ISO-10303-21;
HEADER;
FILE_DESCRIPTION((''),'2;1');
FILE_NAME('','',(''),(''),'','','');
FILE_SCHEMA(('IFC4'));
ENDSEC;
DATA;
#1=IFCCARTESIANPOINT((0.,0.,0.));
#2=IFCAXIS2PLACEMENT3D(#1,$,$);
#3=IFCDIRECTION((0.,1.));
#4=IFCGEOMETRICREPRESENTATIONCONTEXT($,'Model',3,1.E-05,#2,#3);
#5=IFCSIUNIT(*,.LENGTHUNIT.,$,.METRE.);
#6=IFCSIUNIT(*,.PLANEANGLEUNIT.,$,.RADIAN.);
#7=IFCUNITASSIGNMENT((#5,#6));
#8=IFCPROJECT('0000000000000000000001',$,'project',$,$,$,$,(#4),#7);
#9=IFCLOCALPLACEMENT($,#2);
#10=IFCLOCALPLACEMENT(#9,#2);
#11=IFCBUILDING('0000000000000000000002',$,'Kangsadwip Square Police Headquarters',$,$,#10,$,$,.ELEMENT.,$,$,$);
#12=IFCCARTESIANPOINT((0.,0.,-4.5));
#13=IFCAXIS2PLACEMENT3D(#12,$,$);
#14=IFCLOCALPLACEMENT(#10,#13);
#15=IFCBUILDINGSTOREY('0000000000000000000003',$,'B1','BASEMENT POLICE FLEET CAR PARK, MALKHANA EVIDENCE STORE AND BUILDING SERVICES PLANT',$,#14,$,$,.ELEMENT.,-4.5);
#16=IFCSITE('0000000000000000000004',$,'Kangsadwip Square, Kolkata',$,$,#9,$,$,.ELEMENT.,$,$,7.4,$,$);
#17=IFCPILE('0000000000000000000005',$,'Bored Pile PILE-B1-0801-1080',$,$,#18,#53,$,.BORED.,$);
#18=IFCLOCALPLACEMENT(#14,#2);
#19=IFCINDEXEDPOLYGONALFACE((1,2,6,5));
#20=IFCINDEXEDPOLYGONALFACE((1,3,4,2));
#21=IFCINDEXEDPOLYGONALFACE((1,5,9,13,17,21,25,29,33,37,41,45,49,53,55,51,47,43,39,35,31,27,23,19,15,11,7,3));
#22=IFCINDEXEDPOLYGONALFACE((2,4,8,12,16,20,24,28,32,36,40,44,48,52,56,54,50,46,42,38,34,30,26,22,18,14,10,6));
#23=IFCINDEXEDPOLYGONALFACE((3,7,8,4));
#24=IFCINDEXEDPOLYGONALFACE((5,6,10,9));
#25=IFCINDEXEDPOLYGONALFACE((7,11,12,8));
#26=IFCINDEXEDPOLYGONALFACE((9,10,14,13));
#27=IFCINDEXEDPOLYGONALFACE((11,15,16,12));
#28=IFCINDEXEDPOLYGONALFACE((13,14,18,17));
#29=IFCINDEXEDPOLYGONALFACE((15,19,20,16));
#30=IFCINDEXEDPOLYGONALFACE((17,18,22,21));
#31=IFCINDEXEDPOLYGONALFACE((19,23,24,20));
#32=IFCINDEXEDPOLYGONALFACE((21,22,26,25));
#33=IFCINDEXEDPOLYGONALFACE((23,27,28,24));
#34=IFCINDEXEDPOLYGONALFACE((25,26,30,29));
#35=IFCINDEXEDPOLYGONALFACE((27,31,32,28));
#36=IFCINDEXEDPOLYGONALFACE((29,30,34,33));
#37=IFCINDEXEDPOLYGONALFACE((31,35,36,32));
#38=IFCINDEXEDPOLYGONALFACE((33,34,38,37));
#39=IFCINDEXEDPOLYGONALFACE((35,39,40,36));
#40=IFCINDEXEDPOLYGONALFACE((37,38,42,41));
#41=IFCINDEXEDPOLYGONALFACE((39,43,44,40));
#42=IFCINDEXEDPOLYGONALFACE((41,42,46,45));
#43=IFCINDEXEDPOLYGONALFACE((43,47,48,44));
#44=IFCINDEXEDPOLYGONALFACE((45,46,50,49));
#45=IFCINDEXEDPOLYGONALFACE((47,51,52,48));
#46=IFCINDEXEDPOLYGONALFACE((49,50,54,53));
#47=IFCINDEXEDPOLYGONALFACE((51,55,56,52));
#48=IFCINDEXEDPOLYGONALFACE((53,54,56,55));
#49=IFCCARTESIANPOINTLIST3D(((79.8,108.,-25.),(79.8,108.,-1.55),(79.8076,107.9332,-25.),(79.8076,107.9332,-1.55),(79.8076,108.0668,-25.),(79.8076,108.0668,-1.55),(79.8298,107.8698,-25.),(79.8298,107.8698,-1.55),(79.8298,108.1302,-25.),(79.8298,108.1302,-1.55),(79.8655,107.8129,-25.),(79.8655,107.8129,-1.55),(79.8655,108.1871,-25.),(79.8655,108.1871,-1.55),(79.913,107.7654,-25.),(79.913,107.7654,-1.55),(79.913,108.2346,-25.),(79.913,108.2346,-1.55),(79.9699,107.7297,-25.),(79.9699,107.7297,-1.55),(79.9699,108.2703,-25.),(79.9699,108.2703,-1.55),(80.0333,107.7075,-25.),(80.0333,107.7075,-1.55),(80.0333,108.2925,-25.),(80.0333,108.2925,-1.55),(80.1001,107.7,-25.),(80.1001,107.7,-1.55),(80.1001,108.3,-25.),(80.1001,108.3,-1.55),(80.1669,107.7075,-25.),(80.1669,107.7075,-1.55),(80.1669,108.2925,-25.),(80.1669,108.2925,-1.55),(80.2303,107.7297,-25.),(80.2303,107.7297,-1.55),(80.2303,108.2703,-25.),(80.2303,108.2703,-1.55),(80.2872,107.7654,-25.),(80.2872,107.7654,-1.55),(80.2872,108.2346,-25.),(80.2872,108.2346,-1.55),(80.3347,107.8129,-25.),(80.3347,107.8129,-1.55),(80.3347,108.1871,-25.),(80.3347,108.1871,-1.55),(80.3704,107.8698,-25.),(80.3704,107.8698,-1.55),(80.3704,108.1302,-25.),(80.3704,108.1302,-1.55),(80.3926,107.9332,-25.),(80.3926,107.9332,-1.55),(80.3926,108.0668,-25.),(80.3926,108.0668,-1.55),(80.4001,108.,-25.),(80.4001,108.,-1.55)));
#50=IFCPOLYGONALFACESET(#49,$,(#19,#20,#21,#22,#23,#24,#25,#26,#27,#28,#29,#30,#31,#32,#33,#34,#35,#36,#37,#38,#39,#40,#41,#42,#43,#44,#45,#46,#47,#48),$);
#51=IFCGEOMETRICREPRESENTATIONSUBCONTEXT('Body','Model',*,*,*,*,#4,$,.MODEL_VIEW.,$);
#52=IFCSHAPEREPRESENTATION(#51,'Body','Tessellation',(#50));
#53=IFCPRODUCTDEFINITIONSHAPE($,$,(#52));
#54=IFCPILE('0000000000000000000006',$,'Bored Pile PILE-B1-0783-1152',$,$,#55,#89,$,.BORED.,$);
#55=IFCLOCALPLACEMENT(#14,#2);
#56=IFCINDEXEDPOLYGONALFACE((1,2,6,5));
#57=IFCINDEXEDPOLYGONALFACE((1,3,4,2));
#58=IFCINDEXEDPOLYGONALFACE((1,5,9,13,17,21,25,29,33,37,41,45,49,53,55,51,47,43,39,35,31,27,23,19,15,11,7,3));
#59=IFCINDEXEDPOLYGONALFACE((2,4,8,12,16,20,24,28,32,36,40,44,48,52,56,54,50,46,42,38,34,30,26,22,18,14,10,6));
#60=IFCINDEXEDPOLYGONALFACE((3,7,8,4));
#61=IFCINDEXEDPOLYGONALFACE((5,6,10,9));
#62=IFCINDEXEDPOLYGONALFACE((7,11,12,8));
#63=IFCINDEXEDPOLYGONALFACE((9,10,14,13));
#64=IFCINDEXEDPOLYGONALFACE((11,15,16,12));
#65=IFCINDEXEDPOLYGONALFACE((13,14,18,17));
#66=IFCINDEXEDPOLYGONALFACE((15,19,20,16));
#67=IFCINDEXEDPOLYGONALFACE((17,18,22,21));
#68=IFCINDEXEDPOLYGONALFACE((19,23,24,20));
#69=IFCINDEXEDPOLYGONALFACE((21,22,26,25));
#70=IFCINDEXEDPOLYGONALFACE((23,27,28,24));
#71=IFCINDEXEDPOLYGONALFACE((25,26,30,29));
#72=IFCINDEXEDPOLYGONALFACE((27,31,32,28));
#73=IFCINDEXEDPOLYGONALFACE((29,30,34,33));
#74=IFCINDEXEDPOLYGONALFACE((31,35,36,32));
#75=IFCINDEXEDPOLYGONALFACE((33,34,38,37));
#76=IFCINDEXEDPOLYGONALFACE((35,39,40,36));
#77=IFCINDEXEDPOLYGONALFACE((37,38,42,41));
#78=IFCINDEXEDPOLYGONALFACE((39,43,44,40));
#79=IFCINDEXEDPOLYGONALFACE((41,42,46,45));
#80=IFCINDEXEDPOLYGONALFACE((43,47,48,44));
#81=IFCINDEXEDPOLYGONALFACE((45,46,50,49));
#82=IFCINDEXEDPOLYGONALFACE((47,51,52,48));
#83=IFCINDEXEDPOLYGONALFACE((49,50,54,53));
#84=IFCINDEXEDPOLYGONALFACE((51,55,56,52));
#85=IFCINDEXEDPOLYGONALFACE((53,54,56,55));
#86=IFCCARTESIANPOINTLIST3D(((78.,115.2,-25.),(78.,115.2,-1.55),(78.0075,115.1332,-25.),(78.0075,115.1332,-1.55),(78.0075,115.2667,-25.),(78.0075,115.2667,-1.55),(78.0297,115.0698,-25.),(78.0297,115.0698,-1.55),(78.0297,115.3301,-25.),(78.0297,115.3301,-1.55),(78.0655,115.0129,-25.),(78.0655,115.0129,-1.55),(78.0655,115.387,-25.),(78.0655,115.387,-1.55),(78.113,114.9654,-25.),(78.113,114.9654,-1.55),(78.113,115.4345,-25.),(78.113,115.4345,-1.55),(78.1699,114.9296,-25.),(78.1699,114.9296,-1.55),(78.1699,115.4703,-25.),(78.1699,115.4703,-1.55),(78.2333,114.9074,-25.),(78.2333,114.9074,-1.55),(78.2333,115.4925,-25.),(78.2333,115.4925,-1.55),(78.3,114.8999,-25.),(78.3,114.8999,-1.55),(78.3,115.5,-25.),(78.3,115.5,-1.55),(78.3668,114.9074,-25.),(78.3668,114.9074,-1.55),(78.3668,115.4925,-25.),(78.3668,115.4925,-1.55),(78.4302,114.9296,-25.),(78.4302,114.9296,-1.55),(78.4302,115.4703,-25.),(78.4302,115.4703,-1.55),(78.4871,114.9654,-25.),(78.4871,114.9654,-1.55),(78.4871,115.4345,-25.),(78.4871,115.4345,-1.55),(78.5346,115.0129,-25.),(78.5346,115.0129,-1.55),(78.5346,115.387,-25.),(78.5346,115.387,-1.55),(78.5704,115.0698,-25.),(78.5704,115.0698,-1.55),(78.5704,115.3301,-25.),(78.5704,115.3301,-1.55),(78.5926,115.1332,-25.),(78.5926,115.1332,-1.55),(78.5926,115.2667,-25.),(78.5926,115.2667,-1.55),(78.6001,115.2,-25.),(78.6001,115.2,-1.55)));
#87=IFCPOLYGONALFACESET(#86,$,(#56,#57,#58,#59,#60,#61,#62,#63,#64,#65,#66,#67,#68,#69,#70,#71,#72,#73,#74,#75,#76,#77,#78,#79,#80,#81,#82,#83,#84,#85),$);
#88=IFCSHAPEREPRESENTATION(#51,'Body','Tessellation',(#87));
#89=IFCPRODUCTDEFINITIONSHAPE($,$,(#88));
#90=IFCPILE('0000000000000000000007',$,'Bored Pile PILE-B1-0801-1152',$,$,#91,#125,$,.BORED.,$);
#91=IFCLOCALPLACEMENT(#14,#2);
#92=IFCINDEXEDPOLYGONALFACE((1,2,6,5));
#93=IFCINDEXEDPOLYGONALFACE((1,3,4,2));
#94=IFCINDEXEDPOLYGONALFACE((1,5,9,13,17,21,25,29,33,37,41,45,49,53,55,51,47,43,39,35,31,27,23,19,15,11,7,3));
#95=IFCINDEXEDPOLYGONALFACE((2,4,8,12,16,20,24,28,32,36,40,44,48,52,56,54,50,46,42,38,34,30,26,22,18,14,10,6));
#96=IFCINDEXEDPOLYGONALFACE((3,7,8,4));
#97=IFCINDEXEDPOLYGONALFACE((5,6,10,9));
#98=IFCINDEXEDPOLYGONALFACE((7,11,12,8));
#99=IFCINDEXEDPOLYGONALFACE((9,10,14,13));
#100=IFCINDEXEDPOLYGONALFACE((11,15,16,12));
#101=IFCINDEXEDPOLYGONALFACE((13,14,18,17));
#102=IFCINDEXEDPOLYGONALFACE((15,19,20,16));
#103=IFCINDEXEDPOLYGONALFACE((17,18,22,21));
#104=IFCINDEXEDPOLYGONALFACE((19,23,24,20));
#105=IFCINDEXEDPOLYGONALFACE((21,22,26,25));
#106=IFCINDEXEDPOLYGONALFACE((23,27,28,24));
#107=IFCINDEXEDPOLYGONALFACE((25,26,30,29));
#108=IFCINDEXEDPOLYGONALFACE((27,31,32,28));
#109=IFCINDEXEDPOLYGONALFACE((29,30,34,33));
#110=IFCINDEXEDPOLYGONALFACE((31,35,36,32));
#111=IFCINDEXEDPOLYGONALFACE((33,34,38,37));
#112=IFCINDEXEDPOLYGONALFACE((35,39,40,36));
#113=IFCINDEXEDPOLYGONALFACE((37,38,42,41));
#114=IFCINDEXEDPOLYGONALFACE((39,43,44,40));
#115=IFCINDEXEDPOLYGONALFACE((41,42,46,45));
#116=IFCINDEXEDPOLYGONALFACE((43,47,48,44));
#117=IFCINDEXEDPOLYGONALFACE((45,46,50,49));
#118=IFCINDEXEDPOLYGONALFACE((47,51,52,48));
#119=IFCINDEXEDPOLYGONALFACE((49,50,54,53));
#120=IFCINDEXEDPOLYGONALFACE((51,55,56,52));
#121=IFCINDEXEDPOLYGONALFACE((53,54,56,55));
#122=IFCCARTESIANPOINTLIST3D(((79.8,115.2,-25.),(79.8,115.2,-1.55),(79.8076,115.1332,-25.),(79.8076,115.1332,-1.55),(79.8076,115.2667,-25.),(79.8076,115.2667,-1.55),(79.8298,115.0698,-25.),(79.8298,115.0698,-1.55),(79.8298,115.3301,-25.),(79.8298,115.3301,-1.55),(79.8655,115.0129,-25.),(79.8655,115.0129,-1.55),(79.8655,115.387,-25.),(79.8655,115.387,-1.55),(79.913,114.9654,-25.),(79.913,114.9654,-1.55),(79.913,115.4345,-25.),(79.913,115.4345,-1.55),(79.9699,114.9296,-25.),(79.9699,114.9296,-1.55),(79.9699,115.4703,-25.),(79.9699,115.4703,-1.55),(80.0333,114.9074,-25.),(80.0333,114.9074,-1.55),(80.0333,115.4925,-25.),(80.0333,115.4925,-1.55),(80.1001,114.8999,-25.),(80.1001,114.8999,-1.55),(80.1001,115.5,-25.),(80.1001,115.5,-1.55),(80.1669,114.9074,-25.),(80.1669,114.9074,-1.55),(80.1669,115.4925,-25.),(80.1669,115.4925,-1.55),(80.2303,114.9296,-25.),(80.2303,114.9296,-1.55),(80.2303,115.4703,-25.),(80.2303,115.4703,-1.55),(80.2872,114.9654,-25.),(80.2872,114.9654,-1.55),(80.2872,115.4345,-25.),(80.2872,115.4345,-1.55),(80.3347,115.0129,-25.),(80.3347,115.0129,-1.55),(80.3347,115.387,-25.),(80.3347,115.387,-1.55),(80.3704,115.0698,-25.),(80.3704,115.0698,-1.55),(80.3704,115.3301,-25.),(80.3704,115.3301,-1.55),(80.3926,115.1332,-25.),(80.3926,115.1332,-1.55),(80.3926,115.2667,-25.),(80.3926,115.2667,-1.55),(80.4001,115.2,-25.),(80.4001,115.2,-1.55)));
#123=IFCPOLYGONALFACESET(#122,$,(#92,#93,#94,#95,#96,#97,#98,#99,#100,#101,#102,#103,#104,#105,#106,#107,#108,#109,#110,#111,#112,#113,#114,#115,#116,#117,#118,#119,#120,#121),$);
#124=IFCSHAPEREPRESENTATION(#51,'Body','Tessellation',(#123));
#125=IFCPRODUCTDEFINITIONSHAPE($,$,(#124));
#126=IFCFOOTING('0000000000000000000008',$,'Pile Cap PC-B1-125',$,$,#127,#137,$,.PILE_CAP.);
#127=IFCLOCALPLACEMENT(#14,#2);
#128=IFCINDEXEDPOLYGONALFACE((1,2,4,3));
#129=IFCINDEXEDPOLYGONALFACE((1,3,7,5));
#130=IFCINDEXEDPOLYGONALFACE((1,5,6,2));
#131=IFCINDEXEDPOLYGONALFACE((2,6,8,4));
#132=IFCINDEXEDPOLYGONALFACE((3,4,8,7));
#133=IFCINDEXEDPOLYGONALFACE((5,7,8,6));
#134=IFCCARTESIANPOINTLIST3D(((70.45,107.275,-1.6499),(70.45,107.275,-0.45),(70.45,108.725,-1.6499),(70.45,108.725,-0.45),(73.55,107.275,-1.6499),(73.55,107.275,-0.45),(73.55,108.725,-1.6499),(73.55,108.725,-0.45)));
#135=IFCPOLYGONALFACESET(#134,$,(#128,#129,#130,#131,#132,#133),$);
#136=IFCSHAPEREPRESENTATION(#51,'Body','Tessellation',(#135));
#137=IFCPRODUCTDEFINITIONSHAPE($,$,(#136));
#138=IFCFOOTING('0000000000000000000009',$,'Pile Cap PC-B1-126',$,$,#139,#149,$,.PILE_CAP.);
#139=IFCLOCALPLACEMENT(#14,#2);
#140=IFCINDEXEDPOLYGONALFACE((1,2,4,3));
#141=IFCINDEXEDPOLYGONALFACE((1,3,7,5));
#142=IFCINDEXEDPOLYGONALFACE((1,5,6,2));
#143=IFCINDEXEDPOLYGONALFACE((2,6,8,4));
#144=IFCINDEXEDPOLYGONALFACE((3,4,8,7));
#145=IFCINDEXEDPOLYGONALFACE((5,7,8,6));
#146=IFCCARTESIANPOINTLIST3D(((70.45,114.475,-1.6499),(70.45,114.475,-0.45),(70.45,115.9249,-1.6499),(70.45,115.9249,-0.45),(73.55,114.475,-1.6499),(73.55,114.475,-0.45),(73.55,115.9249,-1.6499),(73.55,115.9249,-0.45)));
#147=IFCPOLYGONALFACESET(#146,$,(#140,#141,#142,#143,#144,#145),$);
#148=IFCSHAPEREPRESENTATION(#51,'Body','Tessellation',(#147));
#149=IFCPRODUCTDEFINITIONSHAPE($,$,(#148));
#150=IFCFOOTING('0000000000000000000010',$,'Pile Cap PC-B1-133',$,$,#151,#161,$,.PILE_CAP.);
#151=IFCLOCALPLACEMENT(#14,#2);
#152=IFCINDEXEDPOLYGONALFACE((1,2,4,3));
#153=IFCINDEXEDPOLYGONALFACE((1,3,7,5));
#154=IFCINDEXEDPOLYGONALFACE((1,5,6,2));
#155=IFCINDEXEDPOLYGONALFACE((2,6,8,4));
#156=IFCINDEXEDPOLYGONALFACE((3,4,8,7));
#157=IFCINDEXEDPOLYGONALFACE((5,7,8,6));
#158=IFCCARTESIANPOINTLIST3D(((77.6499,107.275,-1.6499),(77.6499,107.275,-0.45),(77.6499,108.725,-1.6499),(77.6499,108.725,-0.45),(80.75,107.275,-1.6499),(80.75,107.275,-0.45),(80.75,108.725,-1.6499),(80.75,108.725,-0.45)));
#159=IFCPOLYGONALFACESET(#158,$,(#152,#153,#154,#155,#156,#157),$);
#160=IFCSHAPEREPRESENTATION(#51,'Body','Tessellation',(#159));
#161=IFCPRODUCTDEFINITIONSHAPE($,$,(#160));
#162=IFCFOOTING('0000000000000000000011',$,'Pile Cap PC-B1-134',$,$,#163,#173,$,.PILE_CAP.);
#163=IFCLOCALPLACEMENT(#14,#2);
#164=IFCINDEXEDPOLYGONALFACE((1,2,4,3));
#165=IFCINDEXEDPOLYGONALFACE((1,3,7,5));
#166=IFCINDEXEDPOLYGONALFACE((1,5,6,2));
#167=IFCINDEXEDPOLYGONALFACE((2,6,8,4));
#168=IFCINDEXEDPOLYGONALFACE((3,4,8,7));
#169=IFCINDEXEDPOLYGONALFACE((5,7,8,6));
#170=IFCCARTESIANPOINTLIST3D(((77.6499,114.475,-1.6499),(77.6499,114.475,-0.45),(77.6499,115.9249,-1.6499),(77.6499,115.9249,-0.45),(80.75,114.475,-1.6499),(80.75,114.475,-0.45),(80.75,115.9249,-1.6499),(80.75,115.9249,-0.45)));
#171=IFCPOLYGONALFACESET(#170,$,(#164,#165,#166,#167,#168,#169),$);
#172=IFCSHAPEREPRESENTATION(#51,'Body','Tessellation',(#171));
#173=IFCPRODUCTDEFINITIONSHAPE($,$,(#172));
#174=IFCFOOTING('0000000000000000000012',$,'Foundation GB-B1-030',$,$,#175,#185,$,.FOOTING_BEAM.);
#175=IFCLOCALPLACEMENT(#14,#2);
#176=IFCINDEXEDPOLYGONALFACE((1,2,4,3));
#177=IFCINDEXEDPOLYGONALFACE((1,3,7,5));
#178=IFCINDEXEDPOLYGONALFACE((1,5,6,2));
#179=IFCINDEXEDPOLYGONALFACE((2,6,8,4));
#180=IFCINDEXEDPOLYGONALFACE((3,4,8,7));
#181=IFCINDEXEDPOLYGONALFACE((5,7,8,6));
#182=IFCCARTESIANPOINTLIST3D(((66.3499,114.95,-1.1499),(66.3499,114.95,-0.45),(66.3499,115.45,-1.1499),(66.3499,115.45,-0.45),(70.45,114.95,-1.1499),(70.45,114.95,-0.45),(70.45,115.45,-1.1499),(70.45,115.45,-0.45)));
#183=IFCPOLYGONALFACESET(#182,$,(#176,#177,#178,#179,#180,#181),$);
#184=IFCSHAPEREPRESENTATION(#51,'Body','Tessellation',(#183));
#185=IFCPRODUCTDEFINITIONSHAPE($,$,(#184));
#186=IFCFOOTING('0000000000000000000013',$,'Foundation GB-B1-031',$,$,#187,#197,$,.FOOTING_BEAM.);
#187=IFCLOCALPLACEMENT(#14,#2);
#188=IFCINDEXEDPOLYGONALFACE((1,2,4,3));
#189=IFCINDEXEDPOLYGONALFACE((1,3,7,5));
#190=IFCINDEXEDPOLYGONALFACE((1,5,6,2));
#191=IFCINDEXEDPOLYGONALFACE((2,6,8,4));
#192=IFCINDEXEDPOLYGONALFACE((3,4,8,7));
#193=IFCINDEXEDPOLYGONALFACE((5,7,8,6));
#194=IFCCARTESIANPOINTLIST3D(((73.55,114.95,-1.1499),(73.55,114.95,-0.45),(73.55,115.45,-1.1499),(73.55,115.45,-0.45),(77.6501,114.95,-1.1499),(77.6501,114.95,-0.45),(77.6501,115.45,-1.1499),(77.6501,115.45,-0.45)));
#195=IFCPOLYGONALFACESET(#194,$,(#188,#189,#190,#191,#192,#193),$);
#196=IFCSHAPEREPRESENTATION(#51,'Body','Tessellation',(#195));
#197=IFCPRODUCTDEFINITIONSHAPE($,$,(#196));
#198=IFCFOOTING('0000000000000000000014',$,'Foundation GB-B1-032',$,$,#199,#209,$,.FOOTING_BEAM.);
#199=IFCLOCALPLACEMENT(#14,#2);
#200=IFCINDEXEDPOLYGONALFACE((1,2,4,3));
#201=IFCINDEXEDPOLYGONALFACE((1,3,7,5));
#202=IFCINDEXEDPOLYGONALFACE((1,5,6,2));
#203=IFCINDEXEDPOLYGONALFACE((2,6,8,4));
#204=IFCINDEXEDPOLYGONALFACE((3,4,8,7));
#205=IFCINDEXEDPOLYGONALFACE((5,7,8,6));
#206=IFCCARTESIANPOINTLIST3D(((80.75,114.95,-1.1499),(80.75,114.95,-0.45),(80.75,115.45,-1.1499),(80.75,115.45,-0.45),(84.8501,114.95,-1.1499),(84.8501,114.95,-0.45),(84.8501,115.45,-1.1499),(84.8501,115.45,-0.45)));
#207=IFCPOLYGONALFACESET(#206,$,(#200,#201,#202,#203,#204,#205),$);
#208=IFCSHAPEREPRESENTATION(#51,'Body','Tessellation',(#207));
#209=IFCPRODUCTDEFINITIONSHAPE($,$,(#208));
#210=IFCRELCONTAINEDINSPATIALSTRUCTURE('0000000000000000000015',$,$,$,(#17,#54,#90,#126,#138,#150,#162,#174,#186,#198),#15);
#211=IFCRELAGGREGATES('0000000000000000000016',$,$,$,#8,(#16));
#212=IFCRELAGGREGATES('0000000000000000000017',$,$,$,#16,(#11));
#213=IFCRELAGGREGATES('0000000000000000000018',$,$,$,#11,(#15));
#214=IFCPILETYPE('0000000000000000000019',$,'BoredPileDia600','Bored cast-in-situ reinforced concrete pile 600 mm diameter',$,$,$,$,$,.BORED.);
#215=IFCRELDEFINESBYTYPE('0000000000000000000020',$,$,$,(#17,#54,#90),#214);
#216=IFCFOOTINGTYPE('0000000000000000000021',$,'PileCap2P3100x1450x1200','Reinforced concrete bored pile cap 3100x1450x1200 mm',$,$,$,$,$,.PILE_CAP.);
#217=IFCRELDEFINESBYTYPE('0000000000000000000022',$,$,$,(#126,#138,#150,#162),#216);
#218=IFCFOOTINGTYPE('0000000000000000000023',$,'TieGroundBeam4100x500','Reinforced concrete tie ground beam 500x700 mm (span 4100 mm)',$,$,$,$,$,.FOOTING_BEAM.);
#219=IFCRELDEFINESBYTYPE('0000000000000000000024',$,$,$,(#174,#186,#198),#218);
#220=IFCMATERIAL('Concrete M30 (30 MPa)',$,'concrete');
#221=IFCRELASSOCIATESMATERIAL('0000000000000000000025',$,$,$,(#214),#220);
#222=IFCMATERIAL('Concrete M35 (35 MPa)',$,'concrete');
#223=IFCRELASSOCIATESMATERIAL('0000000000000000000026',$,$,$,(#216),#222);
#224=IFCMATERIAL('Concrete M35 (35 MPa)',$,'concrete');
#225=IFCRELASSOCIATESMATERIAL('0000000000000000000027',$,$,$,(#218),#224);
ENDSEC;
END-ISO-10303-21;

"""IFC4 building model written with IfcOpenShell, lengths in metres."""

from ifc_helpers import new_model, si_unit, direction, frame, origin, origin_2d, place, context, subcontext, project, spatial, rectangle, circle, extrude, material, material_profile, profile_set, type_object, element, save


model = new_model("IFC4")

# Units and contexts
model_context = context("Model", 3, precision=1e-05, world=origin(), true_north=direction((0.0, 1.0)))
body_context = subcontext(model_context, "Body", "Model", "MODEL_VIEW")
ifc_project = project(units=[si_unit("LENGTHUNIT", "METRE"), si_unit("PLANEANGLEUNIT", "RADIAN")], contexts=[model_context])

# Site, building, storey
site_placement = place(None, origin())
site = spatial("IfcSite", under=ifc_project, at=site_placement, Name="Kangsadwip Square, Kolkata", CompositionType="ELEMENT", RefElevation=7.4)
building_placement = place(site_placement, origin())
building = spatial("IfcBuilding", under=site, at=building_placement, Name="Kangsadwip Square Police Headquarters", CompositionType="ELEMENT")
storey_placement = place(building_placement, frame((0.0, 0.0, -4.5)))
storey = spatial("IfcBuildingStorey", under=building, at=storey_placement, Name="B1", Description="BASEMENT POLICE FLEET CAR PARK, MALKHANA EVIDENCE STORE AND BUILDING SERVICES PLANT", CompositionType="ELEMENT", Elevation=-4.5)

# Piles
ifc_material_1 = material(Name="Concrete M30 (30 MPa)", Category="concrete")
ifc_material_profile_1 = material_profile(ifc_material_1, circle(Radius=0.3, at=origin_2d()), Name="PILE DIA 600")
ifc_profile_set_1 = profile_set([ifc_material_profile_1], Name="Concrete M30 (30 MPa)")
pile_type = type_object("IfcPileType", Name="BoredPileDia600", Description="Bored cast-in-situ reinforced concrete pile 600 mm diameter", PredefinedType="BORED", material=ifc_profile_set_1)
for number, where, z_axis, x_axis, name in (
    (1, (80.1001, 108.0, -1.55), (0.0, 0.0, -1.0), (1.0, 0.0, 0.0), "Bored Pile PILE-B1-0801-1080"),
    (2, (78.3, 115.2, -1.55), (0.0, 0.0, -1.0), (1.0, 0.0, 0.0), "Bored Pile PILE-B1-0783-1152"),
    (3, (80.1001, 115.2, -1.55), (0.0, 0.0, -1.0), (1.0, 0.0, 0.0), "Bored Pile PILE-B1-0801-1152"),
):
    element("IfcPile", number, at=place(storey_placement, frame(where, z_axis=z_axis, x_axis=x_axis)), inside=storey, type_object=pile_type, Name=name, PredefinedType="BORED", context=body_context, shape_type="SweptSolid", body=[
        extrude(circle(Radius=0.3, at=origin_2d()), origin(), (0.0, 0.0, 1.0), 23.45),
    ])

# Footings
ifc_material_2 = material(Name="Concrete M35 (35 MPa)", Category="concrete")
footing_type_1 = type_object("IfcFootingType", Name="PileCap2P3100x1450x1200", Description="Reinforced concrete bored pile cap 3100x1450x1200 mm", PredefinedType="PILE_CAP", material=ifc_material_2)
for number, where, z_axis, x_axis, name in (
    (4, (72.0, 108.0, -1.6499), (0.0, 0.0, 1.0), (1.0, 0.0, 0.0), "Pile Cap PC-B1-125"),
    (5, (72.0, 115.2, -1.6499), (0.0, 0.0, 1.0), (1.0, 0.0, 0.0), "Pile Cap PC-B1-126"),
    (6, (79.2, 108.0, -1.6499), (0.0, 0.0, 1.0), (1.0, 0.0, 0.0), "Pile Cap PC-B1-133"),
    (7, (79.2, 115.2, -1.6499), (0.0, 0.0, 1.0), (1.0, 0.0, 0.0), "Pile Cap PC-B1-134"),
):
    element("IfcFooting", number, at=place(storey_placement, frame(where, z_axis=z_axis, x_axis=x_axis)), inside=storey, type_object=footing_type_1, Name=name, PredefinedType="PILE_CAP", context=body_context, shape_type="SweptSolid", body=[
        extrude(rectangle(XDim=3.1001, YDim=1.45, at=origin_2d()), origin(), (0.0, 0.0, 1.0), 1.2),
    ])
ifc_material_3 = material(Name="Concrete M35 (35 MPa)", Category="concrete")
footing_type_2 = type_object("IfcFootingType", Name="TieGroundBeam4100x500", Description="Reinforced concrete tie ground beam 500x700 mm (span 4100 mm)", PredefinedType="FOOTING_BEAM", material=ifc_material_3)
for number, where, z_axis, x_axis, name in (
    (8, (68.3999, 115.2, -1.1499), (0.0, 0.0, 1.0), (1.0, 0.0, 0.0), "Foundation GB-B1-030"),
    (9, (75.6001, 115.2, -1.1499), (0.0, 0.0, 1.0), (1.0, 0.0, 0.0), "Foundation GB-B1-031"),
    (10, (82.8, 115.2, -1.1499), (0.0, 0.0, 1.0), (1.0, 0.0, 0.0), "Foundation GB-B1-032"),
):
    element("IfcFooting", number, at=place(storey_placement, frame(where, z_axis=z_axis, x_axis=x_axis)), inside=storey, type_object=footing_type_2, Name=name, PredefinedType="FOOTING_BEAM", context=body_context, shape_type="SweptSolid", body=[
        extrude(rectangle(XDim=4.1001, YDim=0.5, at=origin_2d()), origin(), (0.0, 0.0, 1.0), 0.7),
    ])

save(model, "model.ifc")
